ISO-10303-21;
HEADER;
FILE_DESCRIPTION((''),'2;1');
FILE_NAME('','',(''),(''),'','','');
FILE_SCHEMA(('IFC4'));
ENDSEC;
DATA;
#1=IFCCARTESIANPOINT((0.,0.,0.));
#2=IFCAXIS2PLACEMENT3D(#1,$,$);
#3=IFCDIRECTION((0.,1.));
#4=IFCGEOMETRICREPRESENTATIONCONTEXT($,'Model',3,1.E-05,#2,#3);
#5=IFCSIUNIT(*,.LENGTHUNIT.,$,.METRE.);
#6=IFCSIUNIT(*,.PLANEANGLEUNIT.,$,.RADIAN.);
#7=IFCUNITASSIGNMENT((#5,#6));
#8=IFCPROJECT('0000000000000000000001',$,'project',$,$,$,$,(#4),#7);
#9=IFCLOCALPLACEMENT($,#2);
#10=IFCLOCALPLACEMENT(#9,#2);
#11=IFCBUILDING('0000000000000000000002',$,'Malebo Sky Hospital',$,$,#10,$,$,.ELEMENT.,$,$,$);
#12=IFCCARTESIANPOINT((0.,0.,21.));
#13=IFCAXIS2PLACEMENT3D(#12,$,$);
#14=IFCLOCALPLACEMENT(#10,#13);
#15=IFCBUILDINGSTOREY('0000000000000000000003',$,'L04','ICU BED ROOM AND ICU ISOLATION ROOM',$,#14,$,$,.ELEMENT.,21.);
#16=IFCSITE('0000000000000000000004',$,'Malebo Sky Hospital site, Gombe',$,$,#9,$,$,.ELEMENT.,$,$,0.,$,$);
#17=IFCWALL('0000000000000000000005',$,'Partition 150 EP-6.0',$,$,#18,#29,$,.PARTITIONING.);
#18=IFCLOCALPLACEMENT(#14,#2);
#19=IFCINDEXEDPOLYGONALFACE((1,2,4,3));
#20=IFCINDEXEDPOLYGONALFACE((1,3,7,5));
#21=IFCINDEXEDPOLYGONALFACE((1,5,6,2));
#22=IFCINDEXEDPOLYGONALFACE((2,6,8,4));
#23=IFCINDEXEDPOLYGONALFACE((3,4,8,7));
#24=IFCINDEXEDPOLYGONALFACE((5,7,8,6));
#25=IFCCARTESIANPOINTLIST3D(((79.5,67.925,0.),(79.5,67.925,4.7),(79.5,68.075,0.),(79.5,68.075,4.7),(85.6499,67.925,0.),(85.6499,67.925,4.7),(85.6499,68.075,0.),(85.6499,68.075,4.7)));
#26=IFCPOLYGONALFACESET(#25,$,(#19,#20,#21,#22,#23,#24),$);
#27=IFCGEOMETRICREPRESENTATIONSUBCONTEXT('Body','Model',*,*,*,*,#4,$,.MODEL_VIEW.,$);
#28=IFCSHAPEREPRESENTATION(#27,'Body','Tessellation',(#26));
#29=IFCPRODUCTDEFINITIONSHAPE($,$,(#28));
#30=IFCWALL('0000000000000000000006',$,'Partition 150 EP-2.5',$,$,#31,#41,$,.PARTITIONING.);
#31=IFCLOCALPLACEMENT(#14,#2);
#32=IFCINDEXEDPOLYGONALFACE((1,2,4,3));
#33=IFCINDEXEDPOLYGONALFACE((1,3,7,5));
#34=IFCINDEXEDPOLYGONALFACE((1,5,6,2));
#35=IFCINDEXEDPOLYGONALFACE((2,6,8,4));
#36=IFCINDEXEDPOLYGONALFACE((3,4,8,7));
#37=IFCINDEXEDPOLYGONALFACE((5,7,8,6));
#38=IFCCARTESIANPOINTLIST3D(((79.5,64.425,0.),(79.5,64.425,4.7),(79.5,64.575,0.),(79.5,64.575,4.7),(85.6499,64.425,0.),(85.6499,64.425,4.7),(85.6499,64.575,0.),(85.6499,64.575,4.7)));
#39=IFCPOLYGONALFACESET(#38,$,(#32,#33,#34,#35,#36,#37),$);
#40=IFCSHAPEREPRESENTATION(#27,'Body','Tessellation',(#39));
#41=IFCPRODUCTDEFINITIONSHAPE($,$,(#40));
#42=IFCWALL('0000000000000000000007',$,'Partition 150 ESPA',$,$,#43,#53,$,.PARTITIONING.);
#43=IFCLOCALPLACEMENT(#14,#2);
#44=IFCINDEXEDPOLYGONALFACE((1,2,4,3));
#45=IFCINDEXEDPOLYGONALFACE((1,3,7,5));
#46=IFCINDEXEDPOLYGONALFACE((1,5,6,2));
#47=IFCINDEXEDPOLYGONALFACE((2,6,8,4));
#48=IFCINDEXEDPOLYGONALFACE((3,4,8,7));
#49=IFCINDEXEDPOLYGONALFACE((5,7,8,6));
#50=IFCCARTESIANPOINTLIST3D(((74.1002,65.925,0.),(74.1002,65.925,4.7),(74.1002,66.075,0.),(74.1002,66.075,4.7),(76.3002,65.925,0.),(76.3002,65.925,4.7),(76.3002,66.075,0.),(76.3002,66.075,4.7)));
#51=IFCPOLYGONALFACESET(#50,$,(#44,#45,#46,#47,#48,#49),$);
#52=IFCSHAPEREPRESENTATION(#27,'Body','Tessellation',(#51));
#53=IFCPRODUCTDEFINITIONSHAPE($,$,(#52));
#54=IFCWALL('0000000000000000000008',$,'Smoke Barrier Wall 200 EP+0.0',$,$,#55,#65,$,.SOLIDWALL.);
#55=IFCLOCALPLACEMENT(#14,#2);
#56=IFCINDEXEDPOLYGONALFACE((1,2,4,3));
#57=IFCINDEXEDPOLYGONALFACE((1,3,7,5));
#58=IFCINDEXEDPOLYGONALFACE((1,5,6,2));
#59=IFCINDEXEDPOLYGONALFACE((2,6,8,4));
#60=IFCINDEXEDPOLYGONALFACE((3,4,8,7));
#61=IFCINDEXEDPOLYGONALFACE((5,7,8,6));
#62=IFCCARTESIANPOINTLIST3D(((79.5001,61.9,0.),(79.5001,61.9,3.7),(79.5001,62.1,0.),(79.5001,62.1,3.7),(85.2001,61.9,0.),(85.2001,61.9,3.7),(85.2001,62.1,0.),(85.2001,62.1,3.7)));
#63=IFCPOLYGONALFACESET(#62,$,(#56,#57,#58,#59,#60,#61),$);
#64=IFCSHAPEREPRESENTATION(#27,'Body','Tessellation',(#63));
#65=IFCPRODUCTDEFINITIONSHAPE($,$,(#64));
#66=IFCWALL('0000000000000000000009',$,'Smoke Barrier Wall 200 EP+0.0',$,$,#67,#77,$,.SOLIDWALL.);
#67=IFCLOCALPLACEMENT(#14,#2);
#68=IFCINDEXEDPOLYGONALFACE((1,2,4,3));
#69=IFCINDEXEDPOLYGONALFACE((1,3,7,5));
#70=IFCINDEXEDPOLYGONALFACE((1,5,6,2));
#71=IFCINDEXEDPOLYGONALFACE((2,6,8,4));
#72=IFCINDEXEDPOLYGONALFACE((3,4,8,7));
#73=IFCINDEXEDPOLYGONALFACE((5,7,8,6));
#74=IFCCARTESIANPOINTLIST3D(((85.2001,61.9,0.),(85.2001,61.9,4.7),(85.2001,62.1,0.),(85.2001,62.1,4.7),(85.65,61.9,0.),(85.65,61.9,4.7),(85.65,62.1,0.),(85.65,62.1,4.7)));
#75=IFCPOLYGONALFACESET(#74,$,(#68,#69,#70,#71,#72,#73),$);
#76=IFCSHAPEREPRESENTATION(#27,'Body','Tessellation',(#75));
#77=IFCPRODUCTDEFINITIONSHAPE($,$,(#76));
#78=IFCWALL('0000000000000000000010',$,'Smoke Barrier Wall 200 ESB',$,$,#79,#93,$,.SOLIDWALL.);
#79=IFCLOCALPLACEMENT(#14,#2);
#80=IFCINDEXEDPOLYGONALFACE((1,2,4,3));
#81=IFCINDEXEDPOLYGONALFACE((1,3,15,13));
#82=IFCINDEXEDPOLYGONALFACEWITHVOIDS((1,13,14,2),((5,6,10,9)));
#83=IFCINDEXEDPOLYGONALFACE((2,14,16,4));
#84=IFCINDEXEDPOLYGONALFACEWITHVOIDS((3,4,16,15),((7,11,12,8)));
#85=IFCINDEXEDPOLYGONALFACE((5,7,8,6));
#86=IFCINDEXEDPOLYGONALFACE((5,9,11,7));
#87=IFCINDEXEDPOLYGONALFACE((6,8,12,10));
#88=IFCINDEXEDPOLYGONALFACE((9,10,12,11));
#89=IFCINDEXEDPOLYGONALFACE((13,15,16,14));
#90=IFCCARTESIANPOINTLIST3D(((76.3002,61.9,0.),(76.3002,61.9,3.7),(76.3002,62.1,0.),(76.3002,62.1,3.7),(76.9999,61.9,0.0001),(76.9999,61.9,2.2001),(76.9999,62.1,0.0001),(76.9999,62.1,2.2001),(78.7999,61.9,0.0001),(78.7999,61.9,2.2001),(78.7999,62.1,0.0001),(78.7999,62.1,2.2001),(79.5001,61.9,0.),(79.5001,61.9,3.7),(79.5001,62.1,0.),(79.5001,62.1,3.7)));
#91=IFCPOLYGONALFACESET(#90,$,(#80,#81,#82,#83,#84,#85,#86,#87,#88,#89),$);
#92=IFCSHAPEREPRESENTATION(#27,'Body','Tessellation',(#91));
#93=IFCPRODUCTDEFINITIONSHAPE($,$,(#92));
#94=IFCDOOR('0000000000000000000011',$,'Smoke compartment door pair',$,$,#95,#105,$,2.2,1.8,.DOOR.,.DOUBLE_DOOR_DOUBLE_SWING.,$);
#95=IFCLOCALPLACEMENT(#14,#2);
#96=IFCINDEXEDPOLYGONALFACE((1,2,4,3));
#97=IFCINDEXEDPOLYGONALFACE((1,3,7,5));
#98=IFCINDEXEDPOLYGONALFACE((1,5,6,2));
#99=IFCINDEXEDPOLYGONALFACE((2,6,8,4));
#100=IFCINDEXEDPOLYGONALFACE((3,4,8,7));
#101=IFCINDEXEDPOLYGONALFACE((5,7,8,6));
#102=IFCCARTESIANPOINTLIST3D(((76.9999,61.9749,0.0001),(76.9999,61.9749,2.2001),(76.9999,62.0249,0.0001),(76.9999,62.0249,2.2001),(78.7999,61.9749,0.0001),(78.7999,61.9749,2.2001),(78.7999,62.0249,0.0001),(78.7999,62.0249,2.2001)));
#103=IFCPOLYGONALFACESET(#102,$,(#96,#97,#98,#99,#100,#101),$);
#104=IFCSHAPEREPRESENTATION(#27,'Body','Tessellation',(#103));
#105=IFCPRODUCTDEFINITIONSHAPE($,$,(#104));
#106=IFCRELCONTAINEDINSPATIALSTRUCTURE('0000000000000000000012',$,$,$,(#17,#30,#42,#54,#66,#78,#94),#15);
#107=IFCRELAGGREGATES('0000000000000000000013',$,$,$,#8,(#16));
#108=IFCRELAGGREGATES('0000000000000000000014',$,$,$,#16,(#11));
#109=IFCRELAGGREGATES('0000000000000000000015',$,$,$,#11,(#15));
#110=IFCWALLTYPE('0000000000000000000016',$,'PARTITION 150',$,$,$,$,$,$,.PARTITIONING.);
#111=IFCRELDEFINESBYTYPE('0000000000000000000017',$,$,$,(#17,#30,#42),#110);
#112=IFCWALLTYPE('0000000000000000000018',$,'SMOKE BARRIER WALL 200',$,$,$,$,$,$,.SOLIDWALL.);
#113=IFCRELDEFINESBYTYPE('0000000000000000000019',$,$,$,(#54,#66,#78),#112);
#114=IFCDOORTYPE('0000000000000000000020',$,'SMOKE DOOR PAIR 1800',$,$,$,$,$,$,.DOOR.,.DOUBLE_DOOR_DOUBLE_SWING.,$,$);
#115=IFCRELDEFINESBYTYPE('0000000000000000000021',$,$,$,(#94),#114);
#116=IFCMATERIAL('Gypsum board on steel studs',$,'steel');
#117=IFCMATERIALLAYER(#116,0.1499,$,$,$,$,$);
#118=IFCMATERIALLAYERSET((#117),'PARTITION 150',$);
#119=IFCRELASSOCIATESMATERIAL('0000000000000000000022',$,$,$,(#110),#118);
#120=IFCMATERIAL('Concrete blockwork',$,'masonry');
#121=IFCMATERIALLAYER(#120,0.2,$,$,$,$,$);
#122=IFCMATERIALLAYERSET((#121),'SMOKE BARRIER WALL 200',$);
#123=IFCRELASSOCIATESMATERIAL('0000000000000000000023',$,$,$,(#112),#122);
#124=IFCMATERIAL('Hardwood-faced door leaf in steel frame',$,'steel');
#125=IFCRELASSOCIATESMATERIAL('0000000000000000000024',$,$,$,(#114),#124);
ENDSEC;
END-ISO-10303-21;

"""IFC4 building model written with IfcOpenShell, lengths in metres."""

from ifc_helpers import new_model, si_unit, direction, frame, frame_2d, origin, place, context, subcontext, project, spatial, rectangle, extrude, material, layer, layer_set, type_object, element, fill, save


model = new_model("IFC4")

# Units and contexts
model_context = context("Model", 3, precision=1e-05, world=origin(), true_north=direction((0.0, 1.0)))
body_context = subcontext(model_context, "Body", "Model", "MODEL_VIEW")
ifc_project = project(units=[si_unit("LENGTHUNIT", "METRE"), si_unit("PLANEANGLEUNIT", "RADIAN")], contexts=[model_context])

# Site, building, storey
site_placement = place(None, origin())
site = spatial("IfcSite", under=ifc_project, at=site_placement, Name="Malebo Sky Hospital site, Gombe", CompositionType="ELEMENT", RefElevation=0.0)
building_placement = place(site_placement, origin())
building = spatial("IfcBuilding", under=site, at=building_placement, Name="Malebo Sky Hospital", CompositionType="ELEMENT")
storey_placement = place(building_placement, frame((0.0, 0.0, 21.0)))
storey = spatial("IfcBuildingStorey", under=building, at=storey_placement, Name="L04", Description="ICU BED ROOM AND ICU ISOLATION ROOM", CompositionType="ELEMENT", Elevation=21.0)

# Shared definitions
ifc_material_1 = material(Name="Gypsum board on steel studs", Category="steel")
ifc_material_2 = material(Name="Hardwood-faced door leaf in steel frame", Category="steel")

# Walls
ifc_layer_1 = layer(ifc_material_1, 0.1499)
ifc_layer_set_1 = layer_set([ifc_layer_1], Name="PARTITION 150")
wall_type_1 = type_object("IfcWallType", Name="PARTITION 150", PredefinedType="PARTITIONING", material=ifc_layer_set_1)
for number, where, z_axis, x_axis, name in (
    (1, (79.5, 68.0, 0.0), (0.0, 0.0, 1.0), (1.0, 0.0, 0.0), "Partition 150 EP-6.0"),
    (2, (79.5, 64.5, 0.0), (0.0, 0.0, 1.0), (1.0, 0.0, 0.0), "Partition 150 EP-2.5"),
):
    element("IfcWall", number, at=place(storey_placement, frame(where, z_axis=z_axis, x_axis=x_axis)), inside=storey, type_object=wall_type_1, Name=name, PredefinedType="PARTITIONING", context=body_context, shape_type="SweptSolid", body=[
        extrude(rectangle(XDim=6.1499, YDim=0.1499, at=frame_2d((3.075, 0.0))), origin(), (0.0, 0.0, 1.0), 4.7),
    ])
wall_1_placement = place(storey_placement, frame((74.1001, 66.0, 0.0), z_axis=(0.0, 0.0, 1.0), x_axis=(1.0, 0.0, 0.0)))
element("IfcWall", 3, at=wall_1_placement, inside=storey, type_object=wall_type_1, Name="Partition 150 ESPA", PredefinedType="PARTITIONING", context=body_context, shape_type="SweptSolid", body=[
    extrude(rectangle(XDim=2.2, YDim=0.1499, at=frame_2d((1.1001, 0.0))), origin(), (0.0, 0.0, 1.0), 4.7),
])
ifc_material_3 = material(Name="Concrete blockwork", Category="masonry")
ifc_layer_2 = layer(ifc_material_3, 0.2)
ifc_layer_set_2 = layer_set([ifc_layer_2], Name="SMOKE BARRIER WALL 200")
wall_type_2 = type_object("IfcWallType", Name="SMOKE BARRIER WALL 200", PredefinedType="SOLIDWALL", material=ifc_layer_set_2)
wall_2_placement = place(storey_placement, frame((79.5, 62.0, 0.0), z_axis=(0.0, 0.0, 1.0), x_axis=(1.0, 0.0, 0.0)))
element("IfcWall", 4, at=wall_2_placement, inside=storey, type_object=wall_type_2, Name="Smoke Barrier Wall 200 EP+0.0", PredefinedType="SOLIDWALL", context=body_context, shape_type="SweptSolid", body=[
    extrude(rectangle(XDim=5.7, YDim=0.2, at=frame_2d((2.8501, 0.0))), origin(), (0.0, 0.0, 1.0), 3.7),
])
wall_3_placement = place(storey_placement, frame((85.2, 62.0, 0.0), z_axis=(0.0, 0.0, 1.0), x_axis=(1.0, 0.0, 0.0)))
element("IfcWall", 5, at=wall_3_placement, inside=storey, type_object=wall_type_2, Name="Smoke Barrier Wall 200 EP+0.0", PredefinedType="SOLIDWALL", context=body_context, shape_type="SweptSolid", body=[
    extrude(rectangle(XDim=0.45, YDim=0.2, at=frame_2d((0.2251, 0.0))), origin(), (0.0, 0.0, 1.0), 4.7),
])

# Wall, opening, door
wall_4_placement = place(storey_placement, frame((76.3, 62.0, 0.0), z_axis=(0.0, 0.0, 1.0), x_axis=(1.0, 0.0, 0.0)))
wall_4 = element("IfcWall", 6, at=wall_4_placement, inside=storey, type_object=wall_type_2, Name="Smoke Barrier Wall 200 ESB", PredefinedType="SOLIDWALL", context=body_context, shape_type="SweptSolid", body=[
    extrude(rectangle(XDim=3.2, YDim=0.2, at=frame_2d((1.6001, 0.0))), origin(), (0.0, 0.0, 1.0), 3.7),
])
opening_1_placement = place(wall_4_placement, frame((0.7, 0.0, 0.0)))
opening_1 = element("IfcOpeningElement", 7, at=opening_1_placement, cuts=wall_4, PredefinedType="OPENING", context=body_context, shape_type="SweptSolid", body=[
    extrude(rectangle(XDim=1.8, YDim=2.2, at=frame_2d((0.8999, 1.1001))), frame((0.0, 0.1099, 0.0), z_axis=(0.0, -1.0, 0.0), x_axis=(1.0, 0.0, 0.0)), (0.0, 0.0, 1.0), 0.22),
])
door_type_1 = type_object("IfcDoorType", Name="SMOKE DOOR PAIR 1800", OperationType="DOUBLE_DOOR_DOUBLE_SWING", PredefinedType="DOOR", material=ifc_material_2)
door_1_placement = place(opening_1_placement, origin())
door_1 = element("IfcDoor", 8, at=door_1_placement, inside=storey, type_object=door_type_1, Name="Smoke compartment door pair", OperationType="DOUBLE_DOOR_DOUBLE_SWING", OverallHeight=2.2, OverallWidth=1.8, PredefinedType="DOOR", context=body_context, shape_type="SweptSolid", body=[
    extrude(rectangle(XDim=1.8, YDim=2.2, at=frame_2d((0.8999, 1.1001))), frame((0.0, 0.0249, 0.0), z_axis=(0.0, -1.0, 0.0), x_axis=(1.0, 0.0, 0.0)), (0.0, 0.0, 1.0), 0.05),
])
fill(opening_1, door_1)

save(model, "model.ifc")
